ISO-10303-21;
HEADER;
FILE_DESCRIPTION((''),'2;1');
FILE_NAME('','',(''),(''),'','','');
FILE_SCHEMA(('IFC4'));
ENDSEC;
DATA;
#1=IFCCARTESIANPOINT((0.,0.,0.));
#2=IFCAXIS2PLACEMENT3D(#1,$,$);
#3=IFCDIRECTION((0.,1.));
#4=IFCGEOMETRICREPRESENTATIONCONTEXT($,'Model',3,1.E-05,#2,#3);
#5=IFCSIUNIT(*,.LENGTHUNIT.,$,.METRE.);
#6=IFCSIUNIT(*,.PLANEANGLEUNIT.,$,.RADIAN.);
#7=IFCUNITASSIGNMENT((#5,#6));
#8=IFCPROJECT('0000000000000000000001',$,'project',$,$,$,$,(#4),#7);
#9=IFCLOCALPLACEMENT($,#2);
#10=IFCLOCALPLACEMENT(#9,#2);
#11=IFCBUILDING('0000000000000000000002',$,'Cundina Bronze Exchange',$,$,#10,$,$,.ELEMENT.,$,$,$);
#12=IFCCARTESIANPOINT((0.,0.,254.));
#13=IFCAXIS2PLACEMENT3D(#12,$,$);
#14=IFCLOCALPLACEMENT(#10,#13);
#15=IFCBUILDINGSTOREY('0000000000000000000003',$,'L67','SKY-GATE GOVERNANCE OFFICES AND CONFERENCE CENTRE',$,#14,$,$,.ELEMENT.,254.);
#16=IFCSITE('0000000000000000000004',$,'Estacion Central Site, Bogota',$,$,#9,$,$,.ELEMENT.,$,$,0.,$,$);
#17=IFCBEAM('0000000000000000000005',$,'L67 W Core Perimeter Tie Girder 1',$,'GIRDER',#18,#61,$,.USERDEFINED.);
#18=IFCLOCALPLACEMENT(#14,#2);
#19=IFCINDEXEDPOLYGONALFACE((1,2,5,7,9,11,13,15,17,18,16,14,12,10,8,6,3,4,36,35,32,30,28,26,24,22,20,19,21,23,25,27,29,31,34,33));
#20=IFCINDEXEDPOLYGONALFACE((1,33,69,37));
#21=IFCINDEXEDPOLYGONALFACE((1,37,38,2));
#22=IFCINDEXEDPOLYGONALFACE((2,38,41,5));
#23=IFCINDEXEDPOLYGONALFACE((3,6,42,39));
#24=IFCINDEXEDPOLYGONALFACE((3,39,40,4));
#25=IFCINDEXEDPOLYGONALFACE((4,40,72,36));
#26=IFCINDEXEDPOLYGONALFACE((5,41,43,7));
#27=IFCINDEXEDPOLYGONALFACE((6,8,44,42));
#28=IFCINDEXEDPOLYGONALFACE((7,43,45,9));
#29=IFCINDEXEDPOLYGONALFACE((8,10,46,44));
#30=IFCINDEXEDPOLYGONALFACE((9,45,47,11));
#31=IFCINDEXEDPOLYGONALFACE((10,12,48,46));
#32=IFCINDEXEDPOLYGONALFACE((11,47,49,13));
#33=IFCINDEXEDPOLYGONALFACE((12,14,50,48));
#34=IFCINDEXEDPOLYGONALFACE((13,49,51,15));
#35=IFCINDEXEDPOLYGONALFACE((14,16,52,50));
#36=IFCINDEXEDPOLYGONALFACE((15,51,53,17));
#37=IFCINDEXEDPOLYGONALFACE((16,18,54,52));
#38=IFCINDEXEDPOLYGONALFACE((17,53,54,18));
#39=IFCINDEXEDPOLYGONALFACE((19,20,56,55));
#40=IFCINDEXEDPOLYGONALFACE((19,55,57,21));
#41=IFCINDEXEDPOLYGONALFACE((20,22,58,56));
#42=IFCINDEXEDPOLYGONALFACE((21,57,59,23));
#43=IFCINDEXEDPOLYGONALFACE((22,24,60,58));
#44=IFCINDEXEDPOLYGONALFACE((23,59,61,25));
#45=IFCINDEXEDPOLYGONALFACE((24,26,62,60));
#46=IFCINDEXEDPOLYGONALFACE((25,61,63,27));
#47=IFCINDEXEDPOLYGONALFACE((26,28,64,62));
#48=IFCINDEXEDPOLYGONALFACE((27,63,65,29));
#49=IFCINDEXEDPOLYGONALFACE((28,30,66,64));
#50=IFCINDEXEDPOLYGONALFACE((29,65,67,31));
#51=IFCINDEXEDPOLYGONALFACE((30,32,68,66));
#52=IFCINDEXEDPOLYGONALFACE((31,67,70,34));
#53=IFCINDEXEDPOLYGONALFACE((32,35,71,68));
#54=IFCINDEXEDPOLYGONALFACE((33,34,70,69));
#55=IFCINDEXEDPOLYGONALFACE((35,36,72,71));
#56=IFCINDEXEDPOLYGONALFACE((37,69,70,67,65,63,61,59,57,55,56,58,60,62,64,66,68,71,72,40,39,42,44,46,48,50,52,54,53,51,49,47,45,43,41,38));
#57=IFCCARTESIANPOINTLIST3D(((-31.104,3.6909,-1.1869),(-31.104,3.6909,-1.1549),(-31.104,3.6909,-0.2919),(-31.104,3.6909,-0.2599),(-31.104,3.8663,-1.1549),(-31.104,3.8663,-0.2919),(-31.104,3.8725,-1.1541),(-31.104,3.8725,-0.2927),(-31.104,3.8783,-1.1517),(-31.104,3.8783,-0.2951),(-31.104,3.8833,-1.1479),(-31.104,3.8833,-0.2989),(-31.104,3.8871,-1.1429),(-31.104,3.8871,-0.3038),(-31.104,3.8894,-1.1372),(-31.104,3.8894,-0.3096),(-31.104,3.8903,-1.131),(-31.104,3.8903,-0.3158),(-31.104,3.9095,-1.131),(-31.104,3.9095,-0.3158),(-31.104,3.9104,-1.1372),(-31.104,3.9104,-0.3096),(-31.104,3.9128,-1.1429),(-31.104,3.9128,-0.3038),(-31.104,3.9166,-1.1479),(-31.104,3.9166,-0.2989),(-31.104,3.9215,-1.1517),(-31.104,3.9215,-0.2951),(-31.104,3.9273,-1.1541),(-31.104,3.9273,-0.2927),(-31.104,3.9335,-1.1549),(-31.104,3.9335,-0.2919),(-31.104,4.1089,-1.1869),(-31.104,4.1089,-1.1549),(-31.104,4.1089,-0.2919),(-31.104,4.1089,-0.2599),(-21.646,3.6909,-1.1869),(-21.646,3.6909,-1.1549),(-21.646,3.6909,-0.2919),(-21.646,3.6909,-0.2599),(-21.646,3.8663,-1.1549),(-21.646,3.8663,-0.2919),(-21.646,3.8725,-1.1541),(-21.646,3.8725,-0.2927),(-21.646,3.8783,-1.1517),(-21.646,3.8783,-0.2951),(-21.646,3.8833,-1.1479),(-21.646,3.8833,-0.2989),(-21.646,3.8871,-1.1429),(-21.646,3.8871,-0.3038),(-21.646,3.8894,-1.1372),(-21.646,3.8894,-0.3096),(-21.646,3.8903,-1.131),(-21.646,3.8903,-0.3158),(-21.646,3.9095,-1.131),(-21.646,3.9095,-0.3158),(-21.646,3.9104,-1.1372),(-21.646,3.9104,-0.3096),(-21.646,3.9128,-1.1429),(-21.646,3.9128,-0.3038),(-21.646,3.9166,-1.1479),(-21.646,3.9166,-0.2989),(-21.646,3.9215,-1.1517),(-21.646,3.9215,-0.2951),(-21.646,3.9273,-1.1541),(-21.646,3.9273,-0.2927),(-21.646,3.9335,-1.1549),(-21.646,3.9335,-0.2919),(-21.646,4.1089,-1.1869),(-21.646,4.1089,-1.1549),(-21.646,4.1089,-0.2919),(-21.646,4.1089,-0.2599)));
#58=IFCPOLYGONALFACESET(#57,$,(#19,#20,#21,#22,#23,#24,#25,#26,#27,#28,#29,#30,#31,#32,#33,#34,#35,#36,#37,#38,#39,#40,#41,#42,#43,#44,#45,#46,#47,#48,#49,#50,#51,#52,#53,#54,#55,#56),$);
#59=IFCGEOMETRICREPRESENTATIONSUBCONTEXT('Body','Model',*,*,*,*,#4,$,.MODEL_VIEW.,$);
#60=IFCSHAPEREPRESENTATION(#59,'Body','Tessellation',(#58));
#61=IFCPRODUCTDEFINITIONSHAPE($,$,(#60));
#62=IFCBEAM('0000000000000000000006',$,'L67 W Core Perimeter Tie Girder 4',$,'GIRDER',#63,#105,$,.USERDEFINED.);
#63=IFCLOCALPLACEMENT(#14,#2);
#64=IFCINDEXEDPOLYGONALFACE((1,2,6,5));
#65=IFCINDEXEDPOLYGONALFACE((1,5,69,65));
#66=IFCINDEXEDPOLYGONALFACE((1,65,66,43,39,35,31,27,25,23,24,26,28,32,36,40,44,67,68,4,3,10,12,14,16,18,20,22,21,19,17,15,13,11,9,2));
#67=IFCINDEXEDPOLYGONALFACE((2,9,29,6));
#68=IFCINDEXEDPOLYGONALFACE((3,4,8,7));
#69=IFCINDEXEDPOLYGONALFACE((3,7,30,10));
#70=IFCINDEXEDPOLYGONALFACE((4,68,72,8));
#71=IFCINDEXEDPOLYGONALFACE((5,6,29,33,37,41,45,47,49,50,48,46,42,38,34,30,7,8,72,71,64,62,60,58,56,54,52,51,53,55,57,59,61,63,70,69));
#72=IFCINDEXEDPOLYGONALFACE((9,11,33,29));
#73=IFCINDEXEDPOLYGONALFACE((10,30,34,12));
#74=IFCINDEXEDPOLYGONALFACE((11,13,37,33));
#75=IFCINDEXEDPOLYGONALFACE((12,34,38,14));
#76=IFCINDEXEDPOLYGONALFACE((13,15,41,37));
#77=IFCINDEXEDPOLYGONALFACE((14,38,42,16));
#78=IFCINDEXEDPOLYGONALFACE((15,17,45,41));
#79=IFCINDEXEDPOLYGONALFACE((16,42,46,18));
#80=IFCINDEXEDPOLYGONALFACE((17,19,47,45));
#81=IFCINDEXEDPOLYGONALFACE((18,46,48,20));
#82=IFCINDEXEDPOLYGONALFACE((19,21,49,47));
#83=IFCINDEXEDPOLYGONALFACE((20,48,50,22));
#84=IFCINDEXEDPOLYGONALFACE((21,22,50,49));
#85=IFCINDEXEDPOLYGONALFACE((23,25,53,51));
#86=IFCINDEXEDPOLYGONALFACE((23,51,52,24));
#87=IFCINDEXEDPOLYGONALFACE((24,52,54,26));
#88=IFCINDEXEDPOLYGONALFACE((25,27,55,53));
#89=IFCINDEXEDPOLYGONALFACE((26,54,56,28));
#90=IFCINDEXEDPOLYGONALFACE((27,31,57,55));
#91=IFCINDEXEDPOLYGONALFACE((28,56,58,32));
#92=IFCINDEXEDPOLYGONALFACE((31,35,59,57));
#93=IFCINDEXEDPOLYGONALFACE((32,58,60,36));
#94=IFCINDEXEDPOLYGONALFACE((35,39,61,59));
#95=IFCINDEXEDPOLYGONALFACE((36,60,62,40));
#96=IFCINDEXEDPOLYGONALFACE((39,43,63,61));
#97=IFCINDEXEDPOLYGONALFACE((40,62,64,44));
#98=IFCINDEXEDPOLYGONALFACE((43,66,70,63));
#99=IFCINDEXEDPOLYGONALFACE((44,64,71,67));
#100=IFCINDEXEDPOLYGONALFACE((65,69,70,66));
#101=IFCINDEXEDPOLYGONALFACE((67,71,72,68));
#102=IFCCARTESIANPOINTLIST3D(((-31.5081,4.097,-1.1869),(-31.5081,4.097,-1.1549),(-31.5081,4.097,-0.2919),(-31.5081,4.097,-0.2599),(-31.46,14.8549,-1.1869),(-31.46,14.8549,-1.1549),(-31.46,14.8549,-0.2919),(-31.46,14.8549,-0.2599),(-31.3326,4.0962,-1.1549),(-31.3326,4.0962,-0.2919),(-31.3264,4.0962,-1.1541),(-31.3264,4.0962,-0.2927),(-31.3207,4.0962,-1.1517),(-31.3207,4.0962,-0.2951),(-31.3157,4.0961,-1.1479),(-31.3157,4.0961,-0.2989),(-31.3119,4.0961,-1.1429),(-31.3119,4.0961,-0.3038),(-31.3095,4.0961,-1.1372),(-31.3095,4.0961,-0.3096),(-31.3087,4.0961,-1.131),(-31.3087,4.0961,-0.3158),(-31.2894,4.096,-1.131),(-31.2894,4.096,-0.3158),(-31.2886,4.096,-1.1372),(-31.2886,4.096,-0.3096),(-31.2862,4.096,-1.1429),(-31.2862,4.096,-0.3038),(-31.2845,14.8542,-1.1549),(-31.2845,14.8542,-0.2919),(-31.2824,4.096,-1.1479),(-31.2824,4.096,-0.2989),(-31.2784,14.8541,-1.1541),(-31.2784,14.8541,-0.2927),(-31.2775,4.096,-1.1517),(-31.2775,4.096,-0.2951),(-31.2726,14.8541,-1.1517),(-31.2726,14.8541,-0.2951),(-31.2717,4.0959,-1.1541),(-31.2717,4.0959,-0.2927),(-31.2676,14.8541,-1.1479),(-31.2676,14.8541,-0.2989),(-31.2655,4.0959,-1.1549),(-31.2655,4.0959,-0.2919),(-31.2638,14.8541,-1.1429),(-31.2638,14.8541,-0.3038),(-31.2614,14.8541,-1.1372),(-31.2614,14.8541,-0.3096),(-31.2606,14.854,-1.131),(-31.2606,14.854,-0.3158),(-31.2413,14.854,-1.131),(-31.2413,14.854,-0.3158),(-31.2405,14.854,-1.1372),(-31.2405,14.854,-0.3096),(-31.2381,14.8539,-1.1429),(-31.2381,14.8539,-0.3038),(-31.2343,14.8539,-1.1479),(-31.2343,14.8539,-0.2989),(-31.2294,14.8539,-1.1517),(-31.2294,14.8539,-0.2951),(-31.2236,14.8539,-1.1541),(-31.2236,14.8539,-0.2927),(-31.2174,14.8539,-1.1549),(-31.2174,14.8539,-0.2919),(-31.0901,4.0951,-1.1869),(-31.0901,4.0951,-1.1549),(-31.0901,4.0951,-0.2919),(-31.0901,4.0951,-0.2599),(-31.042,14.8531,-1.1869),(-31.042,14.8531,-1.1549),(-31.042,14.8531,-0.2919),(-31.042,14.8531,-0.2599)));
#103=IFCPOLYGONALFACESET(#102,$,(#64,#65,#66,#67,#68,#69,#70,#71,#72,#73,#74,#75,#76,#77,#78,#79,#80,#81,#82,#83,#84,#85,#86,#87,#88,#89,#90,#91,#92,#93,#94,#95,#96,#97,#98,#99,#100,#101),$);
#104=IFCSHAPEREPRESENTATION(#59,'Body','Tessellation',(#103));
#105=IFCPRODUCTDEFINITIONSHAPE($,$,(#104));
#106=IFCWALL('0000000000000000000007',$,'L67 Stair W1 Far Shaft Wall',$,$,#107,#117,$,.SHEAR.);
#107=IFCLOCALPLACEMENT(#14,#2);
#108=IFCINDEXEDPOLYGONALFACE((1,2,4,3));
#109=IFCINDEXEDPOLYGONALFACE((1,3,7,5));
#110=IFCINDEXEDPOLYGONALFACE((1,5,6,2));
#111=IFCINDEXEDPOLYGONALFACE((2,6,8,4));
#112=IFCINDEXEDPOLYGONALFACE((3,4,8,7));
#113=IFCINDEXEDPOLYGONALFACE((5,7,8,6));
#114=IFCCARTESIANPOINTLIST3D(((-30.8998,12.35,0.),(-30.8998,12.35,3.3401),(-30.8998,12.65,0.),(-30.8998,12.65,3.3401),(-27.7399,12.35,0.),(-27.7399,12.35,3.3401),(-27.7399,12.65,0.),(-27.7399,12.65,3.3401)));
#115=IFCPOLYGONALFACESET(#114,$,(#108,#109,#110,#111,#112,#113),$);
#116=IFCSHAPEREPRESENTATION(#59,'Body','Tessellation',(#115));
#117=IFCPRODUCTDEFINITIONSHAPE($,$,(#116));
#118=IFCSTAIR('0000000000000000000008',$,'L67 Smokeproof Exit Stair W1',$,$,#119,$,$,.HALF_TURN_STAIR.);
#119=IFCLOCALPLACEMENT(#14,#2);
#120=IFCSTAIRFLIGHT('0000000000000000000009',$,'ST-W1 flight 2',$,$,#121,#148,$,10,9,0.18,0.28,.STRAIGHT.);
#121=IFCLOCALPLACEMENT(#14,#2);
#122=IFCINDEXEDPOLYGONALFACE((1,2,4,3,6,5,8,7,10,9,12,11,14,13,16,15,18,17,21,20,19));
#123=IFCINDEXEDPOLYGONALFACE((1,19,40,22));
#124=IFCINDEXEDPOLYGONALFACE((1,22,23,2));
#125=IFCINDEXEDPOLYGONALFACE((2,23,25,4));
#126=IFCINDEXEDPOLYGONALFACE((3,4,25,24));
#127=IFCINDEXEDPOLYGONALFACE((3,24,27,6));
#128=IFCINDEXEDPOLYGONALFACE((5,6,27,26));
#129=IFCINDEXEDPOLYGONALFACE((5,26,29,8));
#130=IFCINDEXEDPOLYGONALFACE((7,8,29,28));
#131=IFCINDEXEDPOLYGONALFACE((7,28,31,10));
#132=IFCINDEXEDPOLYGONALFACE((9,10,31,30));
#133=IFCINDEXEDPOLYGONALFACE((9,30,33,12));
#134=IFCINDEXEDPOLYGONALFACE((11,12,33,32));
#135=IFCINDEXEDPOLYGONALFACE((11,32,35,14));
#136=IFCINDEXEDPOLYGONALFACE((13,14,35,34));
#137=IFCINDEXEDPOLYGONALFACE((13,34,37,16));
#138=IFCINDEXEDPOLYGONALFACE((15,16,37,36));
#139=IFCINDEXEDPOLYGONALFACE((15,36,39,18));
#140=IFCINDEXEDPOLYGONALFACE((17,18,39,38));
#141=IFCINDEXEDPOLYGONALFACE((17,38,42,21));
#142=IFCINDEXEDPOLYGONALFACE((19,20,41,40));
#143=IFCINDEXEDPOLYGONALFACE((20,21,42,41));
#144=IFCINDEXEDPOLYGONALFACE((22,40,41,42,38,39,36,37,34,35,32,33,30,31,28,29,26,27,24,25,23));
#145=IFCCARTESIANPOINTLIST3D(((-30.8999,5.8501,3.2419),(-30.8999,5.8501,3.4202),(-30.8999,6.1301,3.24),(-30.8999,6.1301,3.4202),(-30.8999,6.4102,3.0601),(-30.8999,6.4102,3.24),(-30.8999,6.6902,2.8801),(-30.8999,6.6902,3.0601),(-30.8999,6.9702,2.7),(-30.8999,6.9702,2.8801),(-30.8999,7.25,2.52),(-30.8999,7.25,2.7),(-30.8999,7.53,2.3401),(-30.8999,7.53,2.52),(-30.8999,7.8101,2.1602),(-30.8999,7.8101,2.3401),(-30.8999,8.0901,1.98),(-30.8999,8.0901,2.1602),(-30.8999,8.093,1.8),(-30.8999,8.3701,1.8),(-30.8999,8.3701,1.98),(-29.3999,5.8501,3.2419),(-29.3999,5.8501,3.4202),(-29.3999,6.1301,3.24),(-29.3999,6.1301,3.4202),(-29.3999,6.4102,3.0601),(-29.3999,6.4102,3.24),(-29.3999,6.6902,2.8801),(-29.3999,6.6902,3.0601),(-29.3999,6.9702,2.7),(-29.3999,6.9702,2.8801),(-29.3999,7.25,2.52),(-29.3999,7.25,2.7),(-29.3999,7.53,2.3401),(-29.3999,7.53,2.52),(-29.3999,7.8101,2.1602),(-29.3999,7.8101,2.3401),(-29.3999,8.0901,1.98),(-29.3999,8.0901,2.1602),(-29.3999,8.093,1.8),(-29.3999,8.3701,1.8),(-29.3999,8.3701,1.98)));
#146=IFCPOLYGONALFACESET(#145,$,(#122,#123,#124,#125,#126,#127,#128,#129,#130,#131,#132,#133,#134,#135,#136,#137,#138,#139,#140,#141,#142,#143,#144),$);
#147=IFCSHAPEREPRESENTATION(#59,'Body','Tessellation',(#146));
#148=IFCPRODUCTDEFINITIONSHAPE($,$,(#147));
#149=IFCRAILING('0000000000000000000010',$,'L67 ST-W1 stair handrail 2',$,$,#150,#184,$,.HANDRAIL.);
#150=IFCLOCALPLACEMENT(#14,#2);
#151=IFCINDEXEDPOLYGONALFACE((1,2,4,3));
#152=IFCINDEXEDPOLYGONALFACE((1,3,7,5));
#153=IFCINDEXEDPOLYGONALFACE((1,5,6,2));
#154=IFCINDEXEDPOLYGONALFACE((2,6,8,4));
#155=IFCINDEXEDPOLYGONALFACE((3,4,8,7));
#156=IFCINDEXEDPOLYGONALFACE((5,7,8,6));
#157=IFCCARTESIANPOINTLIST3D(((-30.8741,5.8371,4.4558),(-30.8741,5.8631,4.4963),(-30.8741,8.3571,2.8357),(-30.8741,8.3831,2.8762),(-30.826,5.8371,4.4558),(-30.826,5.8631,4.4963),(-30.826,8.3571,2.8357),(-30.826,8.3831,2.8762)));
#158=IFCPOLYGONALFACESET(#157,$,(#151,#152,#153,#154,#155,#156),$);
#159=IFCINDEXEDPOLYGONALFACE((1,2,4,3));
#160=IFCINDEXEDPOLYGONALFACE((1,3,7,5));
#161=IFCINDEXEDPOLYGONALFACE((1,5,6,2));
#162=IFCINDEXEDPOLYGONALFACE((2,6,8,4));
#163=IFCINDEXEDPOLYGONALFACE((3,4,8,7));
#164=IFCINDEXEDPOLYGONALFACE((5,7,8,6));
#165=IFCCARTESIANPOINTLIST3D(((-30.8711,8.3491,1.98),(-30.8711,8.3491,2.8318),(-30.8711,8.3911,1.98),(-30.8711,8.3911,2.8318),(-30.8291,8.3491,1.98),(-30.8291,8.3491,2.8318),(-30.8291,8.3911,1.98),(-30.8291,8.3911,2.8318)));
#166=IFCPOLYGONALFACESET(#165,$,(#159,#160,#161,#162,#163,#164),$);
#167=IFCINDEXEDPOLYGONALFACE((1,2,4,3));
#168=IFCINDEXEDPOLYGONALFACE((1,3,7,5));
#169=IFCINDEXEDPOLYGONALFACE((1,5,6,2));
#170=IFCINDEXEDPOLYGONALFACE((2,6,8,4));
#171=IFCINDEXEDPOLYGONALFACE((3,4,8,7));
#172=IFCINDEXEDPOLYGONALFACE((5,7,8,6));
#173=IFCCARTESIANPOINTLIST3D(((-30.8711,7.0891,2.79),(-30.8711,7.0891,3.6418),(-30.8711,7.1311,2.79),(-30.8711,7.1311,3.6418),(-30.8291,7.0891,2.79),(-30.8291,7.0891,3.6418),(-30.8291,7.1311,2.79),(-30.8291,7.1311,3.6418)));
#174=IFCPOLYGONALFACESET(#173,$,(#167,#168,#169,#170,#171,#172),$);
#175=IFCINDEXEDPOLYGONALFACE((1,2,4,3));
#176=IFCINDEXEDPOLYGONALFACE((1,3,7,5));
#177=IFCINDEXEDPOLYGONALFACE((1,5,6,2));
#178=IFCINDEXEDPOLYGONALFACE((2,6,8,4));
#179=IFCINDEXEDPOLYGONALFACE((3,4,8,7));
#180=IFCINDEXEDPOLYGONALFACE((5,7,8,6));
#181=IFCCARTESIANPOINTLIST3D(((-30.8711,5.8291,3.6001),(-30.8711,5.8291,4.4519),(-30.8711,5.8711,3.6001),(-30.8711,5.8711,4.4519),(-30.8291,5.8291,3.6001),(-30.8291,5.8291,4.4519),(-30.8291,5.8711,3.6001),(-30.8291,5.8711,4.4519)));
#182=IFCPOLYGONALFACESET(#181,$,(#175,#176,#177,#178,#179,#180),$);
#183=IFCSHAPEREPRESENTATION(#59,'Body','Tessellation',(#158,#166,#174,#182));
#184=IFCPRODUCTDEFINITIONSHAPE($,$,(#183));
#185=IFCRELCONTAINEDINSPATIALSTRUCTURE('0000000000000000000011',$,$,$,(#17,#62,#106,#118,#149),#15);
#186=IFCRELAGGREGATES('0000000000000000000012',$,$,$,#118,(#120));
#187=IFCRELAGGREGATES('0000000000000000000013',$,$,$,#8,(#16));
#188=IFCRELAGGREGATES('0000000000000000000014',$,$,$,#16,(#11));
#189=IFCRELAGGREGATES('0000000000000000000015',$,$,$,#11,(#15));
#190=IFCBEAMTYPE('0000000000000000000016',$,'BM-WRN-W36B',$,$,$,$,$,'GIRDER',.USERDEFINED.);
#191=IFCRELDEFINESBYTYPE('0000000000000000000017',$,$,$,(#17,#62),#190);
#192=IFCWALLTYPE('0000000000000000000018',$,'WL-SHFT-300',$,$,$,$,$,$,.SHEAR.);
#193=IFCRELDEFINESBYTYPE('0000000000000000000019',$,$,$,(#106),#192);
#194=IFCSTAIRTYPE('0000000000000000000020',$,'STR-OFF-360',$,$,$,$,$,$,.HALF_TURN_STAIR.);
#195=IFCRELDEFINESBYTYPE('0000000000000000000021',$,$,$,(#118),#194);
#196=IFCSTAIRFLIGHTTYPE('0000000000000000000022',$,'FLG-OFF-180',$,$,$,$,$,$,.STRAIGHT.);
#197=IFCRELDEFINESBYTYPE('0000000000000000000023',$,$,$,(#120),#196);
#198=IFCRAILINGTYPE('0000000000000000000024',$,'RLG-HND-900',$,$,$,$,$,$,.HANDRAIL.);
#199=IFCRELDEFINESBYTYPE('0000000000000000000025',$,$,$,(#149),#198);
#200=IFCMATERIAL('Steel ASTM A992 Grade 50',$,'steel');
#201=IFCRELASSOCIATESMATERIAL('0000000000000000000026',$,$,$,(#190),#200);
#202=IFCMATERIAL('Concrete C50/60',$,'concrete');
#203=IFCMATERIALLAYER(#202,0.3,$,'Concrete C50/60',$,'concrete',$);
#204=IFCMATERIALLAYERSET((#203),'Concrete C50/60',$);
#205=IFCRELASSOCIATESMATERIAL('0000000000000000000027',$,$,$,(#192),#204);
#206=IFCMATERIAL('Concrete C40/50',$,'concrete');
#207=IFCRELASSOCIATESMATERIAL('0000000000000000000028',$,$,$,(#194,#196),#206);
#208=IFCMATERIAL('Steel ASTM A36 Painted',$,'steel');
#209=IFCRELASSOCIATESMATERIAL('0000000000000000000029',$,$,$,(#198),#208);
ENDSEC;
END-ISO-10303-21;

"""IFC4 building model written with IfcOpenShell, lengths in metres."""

from ifc_helpers import new_model, si_unit, direction, frame, frame_2d, origin, origin_2d, place, context, subcontext, project, spatial, polyline, rectangle, i_section, outline, extrude, material, layer, layer_set, material_profile, profile_set, type_object, element, aggregate, save


model = new_model("IFC4")

# Units and contexts
model_context = context("Model", 3, precision=1e-05, world=origin(), true_north=direction((0.0, 1.0)))
body_context = subcontext(model_context, "Body", "Model", "MODEL_VIEW")
ifc_project = project(units=[si_unit("LENGTHUNIT", "METRE"), si_unit("PLANEANGLEUNIT", "RADIAN")], contexts=[model_context])

# Site, building, storey
site_placement = place(None, origin())
site = spatial("IfcSite", under=ifc_project, at=site_placement, Name="Estacion Central Site, Bogota", CompositionType="ELEMENT", RefElevation=0.0)
building_placement = place(site_placement, origin())
building = spatial("IfcBuilding", under=site, at=building_placement, Name="Cundina Bronze Exchange", CompositionType="ELEMENT")
storey_placement = place(building_placement, frame((0.0, 0.0, 254.0)))
storey = spatial("IfcBuildingStorey", under=building, at=storey_placement, Name="L67", Description="SKY-GATE GOVERNANCE OFFICES AND CONFERENCE CENTRE", CompositionType="ELEMENT", Elevation=254.0)

# Shared definitions
ifc_material_1 = material(Name="Steel ASTM A992 Grade 50", Category="steel")

# Beams
ifc_material_profile_1 = material_profile(ifc_material_1, i_section(OverallWidth=0.418, OverallDepth=0.927, WebThickness=0.0193, FlangeThickness=0.032, FilletRadius=0.0239, at=origin_2d()), Name="W36X231", Category="steel")
ifc_profile_set_1 = profile_set([ifc_material_profile_1], Name="Steel ASTM A992 Grade 50")
beam_type_1 = type_object("IfcBeamType", Name="BM-WRN-W36B", ElementType="GIRDER", PredefinedType="USERDEFINED", material=ifc_profile_set_1)
beam_1_placement = place(storey_placement, frame((-31.104, 3.8999, -0.7234), z_axis=(1.0, 0.0, 0.0), x_axis=(0.0, 1.0, 0.0)))
element("IfcBeam", 1, at=beam_1_placement, inside=storey, type_object=beam_type_1, Name="L67 W Core Perimeter Tie Girder 1", ObjectType="GIRDER", PredefinedType="USERDEFINED", context=body_context, shape_type="SweptSolid", body=[
    extrude(i_section(OverallWidth=0.418, OverallDepth=0.927, WebThickness=0.0193, FlangeThickness=0.032, FilletRadius=0.0239, at=origin_2d()), origin(), (0.0, 0.0, 1.0), 9.458),
])
beam_2_placement = place(storey_placement, frame((-31.251, 14.854, -0.7234), z_axis=(-0.004471, -0.99999, 0.0), x_axis=(0.99999, -0.004471, 0.0)))
element("IfcBeam", 2, at=beam_2_placement, inside=storey, type_object=beam_type_1, Name="L67 W Core Perimeter Tie Girder 4", ObjectType="GIRDER", PredefinedType="USERDEFINED", context=body_context, shape_type="SweptSolid", body=[
    extrude(i_section(OverallWidth=0.418, OverallDepth=0.927, WebThickness=0.0193, FlangeThickness=0.032, FilletRadius=0.0239, at=origin_2d()), origin(), (0.0, 0.0, 1.0), 10.7581),
])

# Shared definitions
ifc_material_2 = material(Name="Concrete C50/60", Category="concrete")
ifc_layer_1 = layer(ifc_material_2, 0.3, Name="Concrete C50/60", Category="concrete")
ifc_layer_set_1 = layer_set([ifc_layer_1], Name="Concrete C50/60")
wall_type_1 = type_object("IfcWallType", Name="WL-SHFT-300", PredefinedType="SHEAR", material=ifc_layer_set_1)
ifc_material_3 = material(Name="Steel ASTM A36 Painted", Category="steel")

# Wall
wall_1_placement = place(storey_placement, frame((-30.8999, 12.5, 0.0), z_axis=(0.0, 0.0, 1.0), x_axis=(1.0, 0.0, 0.0)))
element("IfcWall", 3, at=wall_1_placement, inside=storey, type_object=wall_type_1, Name="L67 Stair W1 Far Shaft Wall", PredefinedType="SHEAR", context=body_context, shape_type="SweptSolid", body=[
    extrude(rectangle(XDim=3.1599, YDim=0.3, at=frame_2d((1.5801, 0.0))), origin(), (0.0, 0.0, 1.0), 3.3401),
])

# Stair, stair flight
ifc_material_4 = material(Name="Concrete C40/50", Category="concrete")
stair_type = type_object("IfcStairType", Name="STR-OFF-360", PredefinedType="HALF_TURN_STAIR", material=ifc_material_4)
stair_placement = place(storey_placement, origin())
stair = element("IfcStair", 4, at=stair_placement, inside=storey, type_object=stair_type, Name="L67 Smokeproof Exit Stair W1", PredefinedType="HALF_TURN_STAIR")
stair_flight_type = type_object("IfcStairFlightType", Name="FLG-OFF-180", PredefinedType="STRAIGHT", material=ifc_material_4)
stair_flight_placement = place(storey_placement, frame((-30.1499, 8.3701, 1.8), z_axis=(0.0, 0.0, 1.0), x_axis=(0.0, -1.0, 0.0)))
stair_flight = element("IfcStairFlight", 5, at=stair_flight_placement, type_object=stair_flight_type, Name="ST-W1 flight 2", NumberOfRisers=10, NumberOfTreads=9, PredefinedType="STRAIGHT", RiserHeight=0.18, TreadLength=0.28, context=body_context, shape_type="SweptSolid", body=[
    extrude(outline(polyline([(0.0, 0.0), (0.0, 0.1799), (0.28, 0.1799), (0.28, 0.3601), (0.5601, 0.3601), (0.5601, 0.54), (0.8401, 0.54), (0.8401, 0.72), (1.1201, 0.72), (1.1201, 0.8999), (1.3999, 0.8999), (1.3999, 1.0801), (1.6799, 1.0801), (1.6799, 1.26), (1.96, 1.26), (1.96, 1.4399), (2.24, 1.4399), (2.24, 1.6201), (2.52, 1.6201), (2.52, 1.8), (2.52, 1.4419), (0.2771, 0.0), (0.0, 0.0)])), frame((0.0, 0.75, 0.0), z_axis=(0.0, -1.0, 0.0), x_axis=(1.0, 0.0, 0.0)), (0.0, 0.0, 1.0), 1.5),
])
aggregate(stair, [stair_flight])

# Railing
railing_type_1 = type_object("IfcRailingType", Name="RLG-HND-900", PredefinedType="HANDRAIL", material=ifc_material_3)
railing_1_placement = place(storey_placement, frame((-30.8501, 8.3701, 1.98)))
element("IfcRailing", 6, at=railing_1_placement, inside=storey, type_object=railing_type_1, Name="L67 ST-W1 stair handrail 2", PredefinedType="HANDRAIL", context=body_context, shape_type="SweptSolid", body=[
    extrude(rectangle(XDim=0.0481, YDim=0.0481, at=origin_2d()), frame((0.0, 0.0, 0.876), z_axis=(0.0, -0.841163, 0.540782), x_axis=(1.0, 0.0, 0.0)), (0.0, 0.0, 1.0), 2.9958),
    extrude(rectangle(XDim=0.042, YDim=0.042, at=origin_2d()), origin(), (0.0, 0.0, 1.0), 0.8518),
    extrude(rectangle(XDim=0.042, YDim=0.042, at=origin_2d()), frame((0.0, -1.26, 0.8101)), (0.0, 0.0, 1.0), 0.8518),
    extrude(rectangle(XDim=0.042, YDim=0.042, at=origin_2d()), frame((0.0, -2.52, 1.6201)), (0.0, 0.0, 1.0), 0.8518),
])

save(model, "model.ifc")
